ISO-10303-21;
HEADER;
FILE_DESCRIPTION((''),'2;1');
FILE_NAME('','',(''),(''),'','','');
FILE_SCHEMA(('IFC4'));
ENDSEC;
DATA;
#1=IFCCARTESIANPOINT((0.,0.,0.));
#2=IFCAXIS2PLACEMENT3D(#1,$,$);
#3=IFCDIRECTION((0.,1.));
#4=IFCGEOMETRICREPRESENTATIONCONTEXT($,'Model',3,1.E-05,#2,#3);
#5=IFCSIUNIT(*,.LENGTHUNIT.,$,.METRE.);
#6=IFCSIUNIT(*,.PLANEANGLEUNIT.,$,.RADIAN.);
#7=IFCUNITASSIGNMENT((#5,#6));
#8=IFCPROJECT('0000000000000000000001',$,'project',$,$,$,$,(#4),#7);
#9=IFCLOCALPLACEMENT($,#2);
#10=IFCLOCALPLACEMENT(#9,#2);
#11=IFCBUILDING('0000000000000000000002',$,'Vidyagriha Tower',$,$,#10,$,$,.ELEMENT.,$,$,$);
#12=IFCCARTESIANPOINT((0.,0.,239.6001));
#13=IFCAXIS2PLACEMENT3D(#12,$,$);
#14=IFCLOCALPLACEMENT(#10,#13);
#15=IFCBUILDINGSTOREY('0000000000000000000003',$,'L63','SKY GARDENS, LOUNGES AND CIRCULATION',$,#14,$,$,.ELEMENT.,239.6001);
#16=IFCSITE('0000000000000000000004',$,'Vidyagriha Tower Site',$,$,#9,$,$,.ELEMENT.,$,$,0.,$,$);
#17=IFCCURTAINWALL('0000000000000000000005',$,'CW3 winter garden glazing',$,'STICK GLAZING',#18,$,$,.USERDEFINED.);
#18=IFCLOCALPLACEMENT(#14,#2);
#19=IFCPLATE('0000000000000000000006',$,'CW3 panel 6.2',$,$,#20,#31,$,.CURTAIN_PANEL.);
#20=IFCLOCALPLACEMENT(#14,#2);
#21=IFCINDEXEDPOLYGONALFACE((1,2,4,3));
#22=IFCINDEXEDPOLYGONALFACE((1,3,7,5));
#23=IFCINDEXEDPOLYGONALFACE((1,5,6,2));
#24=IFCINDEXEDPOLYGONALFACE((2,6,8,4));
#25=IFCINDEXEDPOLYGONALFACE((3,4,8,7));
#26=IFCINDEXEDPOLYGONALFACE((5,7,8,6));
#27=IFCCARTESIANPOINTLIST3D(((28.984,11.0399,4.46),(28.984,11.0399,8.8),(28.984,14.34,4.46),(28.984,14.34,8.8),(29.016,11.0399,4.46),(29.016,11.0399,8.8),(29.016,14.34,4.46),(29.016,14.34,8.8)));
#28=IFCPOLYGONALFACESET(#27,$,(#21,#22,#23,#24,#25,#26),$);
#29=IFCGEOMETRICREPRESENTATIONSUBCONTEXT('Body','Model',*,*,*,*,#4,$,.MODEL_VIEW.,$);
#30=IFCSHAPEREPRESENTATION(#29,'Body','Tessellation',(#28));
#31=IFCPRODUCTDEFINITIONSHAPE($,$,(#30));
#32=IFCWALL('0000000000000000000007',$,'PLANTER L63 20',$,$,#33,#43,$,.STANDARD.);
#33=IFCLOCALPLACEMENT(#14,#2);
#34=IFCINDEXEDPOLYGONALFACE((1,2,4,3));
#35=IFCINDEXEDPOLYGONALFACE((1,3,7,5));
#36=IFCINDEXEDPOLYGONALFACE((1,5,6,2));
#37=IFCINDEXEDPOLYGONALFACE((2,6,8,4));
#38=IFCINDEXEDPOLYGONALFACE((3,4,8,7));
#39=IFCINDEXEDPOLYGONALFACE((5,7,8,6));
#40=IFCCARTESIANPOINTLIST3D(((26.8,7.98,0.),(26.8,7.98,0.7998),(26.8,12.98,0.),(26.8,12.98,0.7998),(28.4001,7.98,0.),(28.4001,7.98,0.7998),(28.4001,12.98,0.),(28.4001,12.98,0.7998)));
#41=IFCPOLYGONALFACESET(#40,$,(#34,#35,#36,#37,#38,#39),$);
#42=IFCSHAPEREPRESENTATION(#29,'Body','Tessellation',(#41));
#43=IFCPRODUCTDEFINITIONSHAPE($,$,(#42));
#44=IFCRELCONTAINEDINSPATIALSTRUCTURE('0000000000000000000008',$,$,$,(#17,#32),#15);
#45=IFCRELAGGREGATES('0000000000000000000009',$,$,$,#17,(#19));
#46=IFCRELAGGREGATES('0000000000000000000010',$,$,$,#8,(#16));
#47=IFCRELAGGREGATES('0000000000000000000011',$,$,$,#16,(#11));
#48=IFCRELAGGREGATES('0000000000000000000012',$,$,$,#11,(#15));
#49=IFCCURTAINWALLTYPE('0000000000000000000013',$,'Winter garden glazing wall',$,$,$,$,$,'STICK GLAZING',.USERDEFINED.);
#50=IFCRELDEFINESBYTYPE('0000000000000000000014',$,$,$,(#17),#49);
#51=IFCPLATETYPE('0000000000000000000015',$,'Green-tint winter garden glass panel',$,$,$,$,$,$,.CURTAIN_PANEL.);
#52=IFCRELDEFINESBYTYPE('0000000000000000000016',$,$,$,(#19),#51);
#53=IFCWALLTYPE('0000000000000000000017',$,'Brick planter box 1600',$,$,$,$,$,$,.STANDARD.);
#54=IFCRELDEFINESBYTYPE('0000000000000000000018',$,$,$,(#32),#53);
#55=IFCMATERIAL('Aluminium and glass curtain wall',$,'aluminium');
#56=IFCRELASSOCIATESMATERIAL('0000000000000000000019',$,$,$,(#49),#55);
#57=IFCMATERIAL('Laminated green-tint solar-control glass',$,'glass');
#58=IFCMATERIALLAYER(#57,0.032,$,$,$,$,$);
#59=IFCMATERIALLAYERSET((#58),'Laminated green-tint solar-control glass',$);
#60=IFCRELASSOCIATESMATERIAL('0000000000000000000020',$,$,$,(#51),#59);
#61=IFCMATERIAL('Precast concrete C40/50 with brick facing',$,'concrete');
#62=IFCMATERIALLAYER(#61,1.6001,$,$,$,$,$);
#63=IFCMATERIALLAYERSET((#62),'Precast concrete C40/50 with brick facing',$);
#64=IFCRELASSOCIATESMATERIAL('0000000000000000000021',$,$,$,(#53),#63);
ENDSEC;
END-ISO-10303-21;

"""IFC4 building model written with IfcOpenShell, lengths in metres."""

from ifc_helpers import new_model, si_unit, direction, frame, frame_2d, origin, origin_2d, place, context, subcontext, project, spatial, rectangle, extrude, material, layer, layer_set, type_object, element, aggregate, save


model = new_model("IFC4")

# Units and contexts
model_context = context("Model", 3, precision=1e-05, world=origin(), true_north=direction((0.0, 1.0)))
body_context = subcontext(model_context, "Body", "Model", "MODEL_VIEW")
ifc_project = project(units=[si_unit("LENGTHUNIT", "METRE"), si_unit("PLANEANGLEUNIT", "RADIAN")], contexts=[model_context])

# Site, building, storey
site_placement = place(None, origin())
site = spatial("IfcSite", under=ifc_project, at=site_placement, Name="Vidyagriha Tower Site", CompositionType="ELEMENT", RefElevation=0.0)
building_placement = place(site_placement, origin())
building = spatial("IfcBuilding", under=site, at=building_placement, Name="Vidyagriha Tower", CompositionType="ELEMENT")
storey_placement = place(building_placement, frame((0.0, 0.0, 239.6001)))
storey = spatial("IfcBuildingStorey", under=building, at=storey_placement, Name="L63", Description="SKY GARDENS, LOUNGES AND CIRCULATION", CompositionType="ELEMENT", Elevation=239.6001)

# Shared definitions
ifc_material_1 = material(Name="Aluminium and glass curtain wall", Category="aluminium")
curtain_wall_type = type_object("IfcCurtainWallType", Name="Winter garden glazing wall", ElementType="STICK GLAZING", PredefinedType="USERDEFINED", material=ifc_material_1)

# Curtain wall
curtain_wall_1_placement = place(storey_placement, origin())
curtain_wall_1 = element("IfcCurtainWall", 1, at=curtain_wall_1_placement, inside=storey, type_object=curtain_wall_type, Name="CW3 winter garden glazing", ObjectType="STICK GLAZING", PredefinedType="USERDEFINED")

# Plate
ifc_material_2 = material(Name="Laminated green-tint solar-control glass", Category="glass")
ifc_layer_1 = layer(ifc_material_2, 0.032)
ifc_layer_set_1 = layer_set([ifc_layer_1], Name="Laminated green-tint solar-control glass")
plate_type = type_object("IfcPlateType", Name="Green-tint winter garden glass panel", PredefinedType="CURTAIN_PANEL", material=ifc_layer_set_1)
plate_1_placement = place(storey_placement, frame((29.0, 12.6899, 4.46), z_axis=(0.0, 0.0, 1.0), x_axis=(0.0, 1.0, 0.0)))
plate_1 = element("IfcPlate", 2, at=plate_1_placement, type_object=plate_type, Name="CW3 panel 6.2", PredefinedType="CURTAIN_PANEL", context=body_context, shape_type="SweptSolid", body=[
    extrude(rectangle(XDim=3.3, YDim=0.032, at=origin_2d()), origin(), (0.0, 0.0, 1.0), 4.3401),
])
aggregate(curtain_wall_1, [plate_1])

# Wall
ifc_material_3 = material(Name="Precast concrete C40/50 with brick facing", Category="concrete")
ifc_layer_2 = layer(ifc_material_3, 1.6001)
ifc_layer_set_2 = layer_set([ifc_layer_2], Name="Precast concrete C40/50 with brick facing")
wall_type = type_object("IfcWallType", Name="Brick planter box 1600", PredefinedType="STANDARD", material=ifc_layer_set_2)
wall_placement = place(storey_placement, frame((27.6001, 7.98, 0.0), z_axis=(0.0, 0.0, 1.0), x_axis=(0.0, 1.0, 0.0)))
element("IfcWall", 3, at=wall_placement, inside=storey, type_object=wall_type, Name="PLANTER L63 20", PredefinedType="STANDARD", context=body_context, shape_type="SweptSolid", body=[
    extrude(rectangle(XDim=5.0, YDim=1.6001, at=frame_2d((2.5, 0.0))), origin(), (0.0, 0.0, 1.0), 0.7998),
])

save(model, "model.ifc")
